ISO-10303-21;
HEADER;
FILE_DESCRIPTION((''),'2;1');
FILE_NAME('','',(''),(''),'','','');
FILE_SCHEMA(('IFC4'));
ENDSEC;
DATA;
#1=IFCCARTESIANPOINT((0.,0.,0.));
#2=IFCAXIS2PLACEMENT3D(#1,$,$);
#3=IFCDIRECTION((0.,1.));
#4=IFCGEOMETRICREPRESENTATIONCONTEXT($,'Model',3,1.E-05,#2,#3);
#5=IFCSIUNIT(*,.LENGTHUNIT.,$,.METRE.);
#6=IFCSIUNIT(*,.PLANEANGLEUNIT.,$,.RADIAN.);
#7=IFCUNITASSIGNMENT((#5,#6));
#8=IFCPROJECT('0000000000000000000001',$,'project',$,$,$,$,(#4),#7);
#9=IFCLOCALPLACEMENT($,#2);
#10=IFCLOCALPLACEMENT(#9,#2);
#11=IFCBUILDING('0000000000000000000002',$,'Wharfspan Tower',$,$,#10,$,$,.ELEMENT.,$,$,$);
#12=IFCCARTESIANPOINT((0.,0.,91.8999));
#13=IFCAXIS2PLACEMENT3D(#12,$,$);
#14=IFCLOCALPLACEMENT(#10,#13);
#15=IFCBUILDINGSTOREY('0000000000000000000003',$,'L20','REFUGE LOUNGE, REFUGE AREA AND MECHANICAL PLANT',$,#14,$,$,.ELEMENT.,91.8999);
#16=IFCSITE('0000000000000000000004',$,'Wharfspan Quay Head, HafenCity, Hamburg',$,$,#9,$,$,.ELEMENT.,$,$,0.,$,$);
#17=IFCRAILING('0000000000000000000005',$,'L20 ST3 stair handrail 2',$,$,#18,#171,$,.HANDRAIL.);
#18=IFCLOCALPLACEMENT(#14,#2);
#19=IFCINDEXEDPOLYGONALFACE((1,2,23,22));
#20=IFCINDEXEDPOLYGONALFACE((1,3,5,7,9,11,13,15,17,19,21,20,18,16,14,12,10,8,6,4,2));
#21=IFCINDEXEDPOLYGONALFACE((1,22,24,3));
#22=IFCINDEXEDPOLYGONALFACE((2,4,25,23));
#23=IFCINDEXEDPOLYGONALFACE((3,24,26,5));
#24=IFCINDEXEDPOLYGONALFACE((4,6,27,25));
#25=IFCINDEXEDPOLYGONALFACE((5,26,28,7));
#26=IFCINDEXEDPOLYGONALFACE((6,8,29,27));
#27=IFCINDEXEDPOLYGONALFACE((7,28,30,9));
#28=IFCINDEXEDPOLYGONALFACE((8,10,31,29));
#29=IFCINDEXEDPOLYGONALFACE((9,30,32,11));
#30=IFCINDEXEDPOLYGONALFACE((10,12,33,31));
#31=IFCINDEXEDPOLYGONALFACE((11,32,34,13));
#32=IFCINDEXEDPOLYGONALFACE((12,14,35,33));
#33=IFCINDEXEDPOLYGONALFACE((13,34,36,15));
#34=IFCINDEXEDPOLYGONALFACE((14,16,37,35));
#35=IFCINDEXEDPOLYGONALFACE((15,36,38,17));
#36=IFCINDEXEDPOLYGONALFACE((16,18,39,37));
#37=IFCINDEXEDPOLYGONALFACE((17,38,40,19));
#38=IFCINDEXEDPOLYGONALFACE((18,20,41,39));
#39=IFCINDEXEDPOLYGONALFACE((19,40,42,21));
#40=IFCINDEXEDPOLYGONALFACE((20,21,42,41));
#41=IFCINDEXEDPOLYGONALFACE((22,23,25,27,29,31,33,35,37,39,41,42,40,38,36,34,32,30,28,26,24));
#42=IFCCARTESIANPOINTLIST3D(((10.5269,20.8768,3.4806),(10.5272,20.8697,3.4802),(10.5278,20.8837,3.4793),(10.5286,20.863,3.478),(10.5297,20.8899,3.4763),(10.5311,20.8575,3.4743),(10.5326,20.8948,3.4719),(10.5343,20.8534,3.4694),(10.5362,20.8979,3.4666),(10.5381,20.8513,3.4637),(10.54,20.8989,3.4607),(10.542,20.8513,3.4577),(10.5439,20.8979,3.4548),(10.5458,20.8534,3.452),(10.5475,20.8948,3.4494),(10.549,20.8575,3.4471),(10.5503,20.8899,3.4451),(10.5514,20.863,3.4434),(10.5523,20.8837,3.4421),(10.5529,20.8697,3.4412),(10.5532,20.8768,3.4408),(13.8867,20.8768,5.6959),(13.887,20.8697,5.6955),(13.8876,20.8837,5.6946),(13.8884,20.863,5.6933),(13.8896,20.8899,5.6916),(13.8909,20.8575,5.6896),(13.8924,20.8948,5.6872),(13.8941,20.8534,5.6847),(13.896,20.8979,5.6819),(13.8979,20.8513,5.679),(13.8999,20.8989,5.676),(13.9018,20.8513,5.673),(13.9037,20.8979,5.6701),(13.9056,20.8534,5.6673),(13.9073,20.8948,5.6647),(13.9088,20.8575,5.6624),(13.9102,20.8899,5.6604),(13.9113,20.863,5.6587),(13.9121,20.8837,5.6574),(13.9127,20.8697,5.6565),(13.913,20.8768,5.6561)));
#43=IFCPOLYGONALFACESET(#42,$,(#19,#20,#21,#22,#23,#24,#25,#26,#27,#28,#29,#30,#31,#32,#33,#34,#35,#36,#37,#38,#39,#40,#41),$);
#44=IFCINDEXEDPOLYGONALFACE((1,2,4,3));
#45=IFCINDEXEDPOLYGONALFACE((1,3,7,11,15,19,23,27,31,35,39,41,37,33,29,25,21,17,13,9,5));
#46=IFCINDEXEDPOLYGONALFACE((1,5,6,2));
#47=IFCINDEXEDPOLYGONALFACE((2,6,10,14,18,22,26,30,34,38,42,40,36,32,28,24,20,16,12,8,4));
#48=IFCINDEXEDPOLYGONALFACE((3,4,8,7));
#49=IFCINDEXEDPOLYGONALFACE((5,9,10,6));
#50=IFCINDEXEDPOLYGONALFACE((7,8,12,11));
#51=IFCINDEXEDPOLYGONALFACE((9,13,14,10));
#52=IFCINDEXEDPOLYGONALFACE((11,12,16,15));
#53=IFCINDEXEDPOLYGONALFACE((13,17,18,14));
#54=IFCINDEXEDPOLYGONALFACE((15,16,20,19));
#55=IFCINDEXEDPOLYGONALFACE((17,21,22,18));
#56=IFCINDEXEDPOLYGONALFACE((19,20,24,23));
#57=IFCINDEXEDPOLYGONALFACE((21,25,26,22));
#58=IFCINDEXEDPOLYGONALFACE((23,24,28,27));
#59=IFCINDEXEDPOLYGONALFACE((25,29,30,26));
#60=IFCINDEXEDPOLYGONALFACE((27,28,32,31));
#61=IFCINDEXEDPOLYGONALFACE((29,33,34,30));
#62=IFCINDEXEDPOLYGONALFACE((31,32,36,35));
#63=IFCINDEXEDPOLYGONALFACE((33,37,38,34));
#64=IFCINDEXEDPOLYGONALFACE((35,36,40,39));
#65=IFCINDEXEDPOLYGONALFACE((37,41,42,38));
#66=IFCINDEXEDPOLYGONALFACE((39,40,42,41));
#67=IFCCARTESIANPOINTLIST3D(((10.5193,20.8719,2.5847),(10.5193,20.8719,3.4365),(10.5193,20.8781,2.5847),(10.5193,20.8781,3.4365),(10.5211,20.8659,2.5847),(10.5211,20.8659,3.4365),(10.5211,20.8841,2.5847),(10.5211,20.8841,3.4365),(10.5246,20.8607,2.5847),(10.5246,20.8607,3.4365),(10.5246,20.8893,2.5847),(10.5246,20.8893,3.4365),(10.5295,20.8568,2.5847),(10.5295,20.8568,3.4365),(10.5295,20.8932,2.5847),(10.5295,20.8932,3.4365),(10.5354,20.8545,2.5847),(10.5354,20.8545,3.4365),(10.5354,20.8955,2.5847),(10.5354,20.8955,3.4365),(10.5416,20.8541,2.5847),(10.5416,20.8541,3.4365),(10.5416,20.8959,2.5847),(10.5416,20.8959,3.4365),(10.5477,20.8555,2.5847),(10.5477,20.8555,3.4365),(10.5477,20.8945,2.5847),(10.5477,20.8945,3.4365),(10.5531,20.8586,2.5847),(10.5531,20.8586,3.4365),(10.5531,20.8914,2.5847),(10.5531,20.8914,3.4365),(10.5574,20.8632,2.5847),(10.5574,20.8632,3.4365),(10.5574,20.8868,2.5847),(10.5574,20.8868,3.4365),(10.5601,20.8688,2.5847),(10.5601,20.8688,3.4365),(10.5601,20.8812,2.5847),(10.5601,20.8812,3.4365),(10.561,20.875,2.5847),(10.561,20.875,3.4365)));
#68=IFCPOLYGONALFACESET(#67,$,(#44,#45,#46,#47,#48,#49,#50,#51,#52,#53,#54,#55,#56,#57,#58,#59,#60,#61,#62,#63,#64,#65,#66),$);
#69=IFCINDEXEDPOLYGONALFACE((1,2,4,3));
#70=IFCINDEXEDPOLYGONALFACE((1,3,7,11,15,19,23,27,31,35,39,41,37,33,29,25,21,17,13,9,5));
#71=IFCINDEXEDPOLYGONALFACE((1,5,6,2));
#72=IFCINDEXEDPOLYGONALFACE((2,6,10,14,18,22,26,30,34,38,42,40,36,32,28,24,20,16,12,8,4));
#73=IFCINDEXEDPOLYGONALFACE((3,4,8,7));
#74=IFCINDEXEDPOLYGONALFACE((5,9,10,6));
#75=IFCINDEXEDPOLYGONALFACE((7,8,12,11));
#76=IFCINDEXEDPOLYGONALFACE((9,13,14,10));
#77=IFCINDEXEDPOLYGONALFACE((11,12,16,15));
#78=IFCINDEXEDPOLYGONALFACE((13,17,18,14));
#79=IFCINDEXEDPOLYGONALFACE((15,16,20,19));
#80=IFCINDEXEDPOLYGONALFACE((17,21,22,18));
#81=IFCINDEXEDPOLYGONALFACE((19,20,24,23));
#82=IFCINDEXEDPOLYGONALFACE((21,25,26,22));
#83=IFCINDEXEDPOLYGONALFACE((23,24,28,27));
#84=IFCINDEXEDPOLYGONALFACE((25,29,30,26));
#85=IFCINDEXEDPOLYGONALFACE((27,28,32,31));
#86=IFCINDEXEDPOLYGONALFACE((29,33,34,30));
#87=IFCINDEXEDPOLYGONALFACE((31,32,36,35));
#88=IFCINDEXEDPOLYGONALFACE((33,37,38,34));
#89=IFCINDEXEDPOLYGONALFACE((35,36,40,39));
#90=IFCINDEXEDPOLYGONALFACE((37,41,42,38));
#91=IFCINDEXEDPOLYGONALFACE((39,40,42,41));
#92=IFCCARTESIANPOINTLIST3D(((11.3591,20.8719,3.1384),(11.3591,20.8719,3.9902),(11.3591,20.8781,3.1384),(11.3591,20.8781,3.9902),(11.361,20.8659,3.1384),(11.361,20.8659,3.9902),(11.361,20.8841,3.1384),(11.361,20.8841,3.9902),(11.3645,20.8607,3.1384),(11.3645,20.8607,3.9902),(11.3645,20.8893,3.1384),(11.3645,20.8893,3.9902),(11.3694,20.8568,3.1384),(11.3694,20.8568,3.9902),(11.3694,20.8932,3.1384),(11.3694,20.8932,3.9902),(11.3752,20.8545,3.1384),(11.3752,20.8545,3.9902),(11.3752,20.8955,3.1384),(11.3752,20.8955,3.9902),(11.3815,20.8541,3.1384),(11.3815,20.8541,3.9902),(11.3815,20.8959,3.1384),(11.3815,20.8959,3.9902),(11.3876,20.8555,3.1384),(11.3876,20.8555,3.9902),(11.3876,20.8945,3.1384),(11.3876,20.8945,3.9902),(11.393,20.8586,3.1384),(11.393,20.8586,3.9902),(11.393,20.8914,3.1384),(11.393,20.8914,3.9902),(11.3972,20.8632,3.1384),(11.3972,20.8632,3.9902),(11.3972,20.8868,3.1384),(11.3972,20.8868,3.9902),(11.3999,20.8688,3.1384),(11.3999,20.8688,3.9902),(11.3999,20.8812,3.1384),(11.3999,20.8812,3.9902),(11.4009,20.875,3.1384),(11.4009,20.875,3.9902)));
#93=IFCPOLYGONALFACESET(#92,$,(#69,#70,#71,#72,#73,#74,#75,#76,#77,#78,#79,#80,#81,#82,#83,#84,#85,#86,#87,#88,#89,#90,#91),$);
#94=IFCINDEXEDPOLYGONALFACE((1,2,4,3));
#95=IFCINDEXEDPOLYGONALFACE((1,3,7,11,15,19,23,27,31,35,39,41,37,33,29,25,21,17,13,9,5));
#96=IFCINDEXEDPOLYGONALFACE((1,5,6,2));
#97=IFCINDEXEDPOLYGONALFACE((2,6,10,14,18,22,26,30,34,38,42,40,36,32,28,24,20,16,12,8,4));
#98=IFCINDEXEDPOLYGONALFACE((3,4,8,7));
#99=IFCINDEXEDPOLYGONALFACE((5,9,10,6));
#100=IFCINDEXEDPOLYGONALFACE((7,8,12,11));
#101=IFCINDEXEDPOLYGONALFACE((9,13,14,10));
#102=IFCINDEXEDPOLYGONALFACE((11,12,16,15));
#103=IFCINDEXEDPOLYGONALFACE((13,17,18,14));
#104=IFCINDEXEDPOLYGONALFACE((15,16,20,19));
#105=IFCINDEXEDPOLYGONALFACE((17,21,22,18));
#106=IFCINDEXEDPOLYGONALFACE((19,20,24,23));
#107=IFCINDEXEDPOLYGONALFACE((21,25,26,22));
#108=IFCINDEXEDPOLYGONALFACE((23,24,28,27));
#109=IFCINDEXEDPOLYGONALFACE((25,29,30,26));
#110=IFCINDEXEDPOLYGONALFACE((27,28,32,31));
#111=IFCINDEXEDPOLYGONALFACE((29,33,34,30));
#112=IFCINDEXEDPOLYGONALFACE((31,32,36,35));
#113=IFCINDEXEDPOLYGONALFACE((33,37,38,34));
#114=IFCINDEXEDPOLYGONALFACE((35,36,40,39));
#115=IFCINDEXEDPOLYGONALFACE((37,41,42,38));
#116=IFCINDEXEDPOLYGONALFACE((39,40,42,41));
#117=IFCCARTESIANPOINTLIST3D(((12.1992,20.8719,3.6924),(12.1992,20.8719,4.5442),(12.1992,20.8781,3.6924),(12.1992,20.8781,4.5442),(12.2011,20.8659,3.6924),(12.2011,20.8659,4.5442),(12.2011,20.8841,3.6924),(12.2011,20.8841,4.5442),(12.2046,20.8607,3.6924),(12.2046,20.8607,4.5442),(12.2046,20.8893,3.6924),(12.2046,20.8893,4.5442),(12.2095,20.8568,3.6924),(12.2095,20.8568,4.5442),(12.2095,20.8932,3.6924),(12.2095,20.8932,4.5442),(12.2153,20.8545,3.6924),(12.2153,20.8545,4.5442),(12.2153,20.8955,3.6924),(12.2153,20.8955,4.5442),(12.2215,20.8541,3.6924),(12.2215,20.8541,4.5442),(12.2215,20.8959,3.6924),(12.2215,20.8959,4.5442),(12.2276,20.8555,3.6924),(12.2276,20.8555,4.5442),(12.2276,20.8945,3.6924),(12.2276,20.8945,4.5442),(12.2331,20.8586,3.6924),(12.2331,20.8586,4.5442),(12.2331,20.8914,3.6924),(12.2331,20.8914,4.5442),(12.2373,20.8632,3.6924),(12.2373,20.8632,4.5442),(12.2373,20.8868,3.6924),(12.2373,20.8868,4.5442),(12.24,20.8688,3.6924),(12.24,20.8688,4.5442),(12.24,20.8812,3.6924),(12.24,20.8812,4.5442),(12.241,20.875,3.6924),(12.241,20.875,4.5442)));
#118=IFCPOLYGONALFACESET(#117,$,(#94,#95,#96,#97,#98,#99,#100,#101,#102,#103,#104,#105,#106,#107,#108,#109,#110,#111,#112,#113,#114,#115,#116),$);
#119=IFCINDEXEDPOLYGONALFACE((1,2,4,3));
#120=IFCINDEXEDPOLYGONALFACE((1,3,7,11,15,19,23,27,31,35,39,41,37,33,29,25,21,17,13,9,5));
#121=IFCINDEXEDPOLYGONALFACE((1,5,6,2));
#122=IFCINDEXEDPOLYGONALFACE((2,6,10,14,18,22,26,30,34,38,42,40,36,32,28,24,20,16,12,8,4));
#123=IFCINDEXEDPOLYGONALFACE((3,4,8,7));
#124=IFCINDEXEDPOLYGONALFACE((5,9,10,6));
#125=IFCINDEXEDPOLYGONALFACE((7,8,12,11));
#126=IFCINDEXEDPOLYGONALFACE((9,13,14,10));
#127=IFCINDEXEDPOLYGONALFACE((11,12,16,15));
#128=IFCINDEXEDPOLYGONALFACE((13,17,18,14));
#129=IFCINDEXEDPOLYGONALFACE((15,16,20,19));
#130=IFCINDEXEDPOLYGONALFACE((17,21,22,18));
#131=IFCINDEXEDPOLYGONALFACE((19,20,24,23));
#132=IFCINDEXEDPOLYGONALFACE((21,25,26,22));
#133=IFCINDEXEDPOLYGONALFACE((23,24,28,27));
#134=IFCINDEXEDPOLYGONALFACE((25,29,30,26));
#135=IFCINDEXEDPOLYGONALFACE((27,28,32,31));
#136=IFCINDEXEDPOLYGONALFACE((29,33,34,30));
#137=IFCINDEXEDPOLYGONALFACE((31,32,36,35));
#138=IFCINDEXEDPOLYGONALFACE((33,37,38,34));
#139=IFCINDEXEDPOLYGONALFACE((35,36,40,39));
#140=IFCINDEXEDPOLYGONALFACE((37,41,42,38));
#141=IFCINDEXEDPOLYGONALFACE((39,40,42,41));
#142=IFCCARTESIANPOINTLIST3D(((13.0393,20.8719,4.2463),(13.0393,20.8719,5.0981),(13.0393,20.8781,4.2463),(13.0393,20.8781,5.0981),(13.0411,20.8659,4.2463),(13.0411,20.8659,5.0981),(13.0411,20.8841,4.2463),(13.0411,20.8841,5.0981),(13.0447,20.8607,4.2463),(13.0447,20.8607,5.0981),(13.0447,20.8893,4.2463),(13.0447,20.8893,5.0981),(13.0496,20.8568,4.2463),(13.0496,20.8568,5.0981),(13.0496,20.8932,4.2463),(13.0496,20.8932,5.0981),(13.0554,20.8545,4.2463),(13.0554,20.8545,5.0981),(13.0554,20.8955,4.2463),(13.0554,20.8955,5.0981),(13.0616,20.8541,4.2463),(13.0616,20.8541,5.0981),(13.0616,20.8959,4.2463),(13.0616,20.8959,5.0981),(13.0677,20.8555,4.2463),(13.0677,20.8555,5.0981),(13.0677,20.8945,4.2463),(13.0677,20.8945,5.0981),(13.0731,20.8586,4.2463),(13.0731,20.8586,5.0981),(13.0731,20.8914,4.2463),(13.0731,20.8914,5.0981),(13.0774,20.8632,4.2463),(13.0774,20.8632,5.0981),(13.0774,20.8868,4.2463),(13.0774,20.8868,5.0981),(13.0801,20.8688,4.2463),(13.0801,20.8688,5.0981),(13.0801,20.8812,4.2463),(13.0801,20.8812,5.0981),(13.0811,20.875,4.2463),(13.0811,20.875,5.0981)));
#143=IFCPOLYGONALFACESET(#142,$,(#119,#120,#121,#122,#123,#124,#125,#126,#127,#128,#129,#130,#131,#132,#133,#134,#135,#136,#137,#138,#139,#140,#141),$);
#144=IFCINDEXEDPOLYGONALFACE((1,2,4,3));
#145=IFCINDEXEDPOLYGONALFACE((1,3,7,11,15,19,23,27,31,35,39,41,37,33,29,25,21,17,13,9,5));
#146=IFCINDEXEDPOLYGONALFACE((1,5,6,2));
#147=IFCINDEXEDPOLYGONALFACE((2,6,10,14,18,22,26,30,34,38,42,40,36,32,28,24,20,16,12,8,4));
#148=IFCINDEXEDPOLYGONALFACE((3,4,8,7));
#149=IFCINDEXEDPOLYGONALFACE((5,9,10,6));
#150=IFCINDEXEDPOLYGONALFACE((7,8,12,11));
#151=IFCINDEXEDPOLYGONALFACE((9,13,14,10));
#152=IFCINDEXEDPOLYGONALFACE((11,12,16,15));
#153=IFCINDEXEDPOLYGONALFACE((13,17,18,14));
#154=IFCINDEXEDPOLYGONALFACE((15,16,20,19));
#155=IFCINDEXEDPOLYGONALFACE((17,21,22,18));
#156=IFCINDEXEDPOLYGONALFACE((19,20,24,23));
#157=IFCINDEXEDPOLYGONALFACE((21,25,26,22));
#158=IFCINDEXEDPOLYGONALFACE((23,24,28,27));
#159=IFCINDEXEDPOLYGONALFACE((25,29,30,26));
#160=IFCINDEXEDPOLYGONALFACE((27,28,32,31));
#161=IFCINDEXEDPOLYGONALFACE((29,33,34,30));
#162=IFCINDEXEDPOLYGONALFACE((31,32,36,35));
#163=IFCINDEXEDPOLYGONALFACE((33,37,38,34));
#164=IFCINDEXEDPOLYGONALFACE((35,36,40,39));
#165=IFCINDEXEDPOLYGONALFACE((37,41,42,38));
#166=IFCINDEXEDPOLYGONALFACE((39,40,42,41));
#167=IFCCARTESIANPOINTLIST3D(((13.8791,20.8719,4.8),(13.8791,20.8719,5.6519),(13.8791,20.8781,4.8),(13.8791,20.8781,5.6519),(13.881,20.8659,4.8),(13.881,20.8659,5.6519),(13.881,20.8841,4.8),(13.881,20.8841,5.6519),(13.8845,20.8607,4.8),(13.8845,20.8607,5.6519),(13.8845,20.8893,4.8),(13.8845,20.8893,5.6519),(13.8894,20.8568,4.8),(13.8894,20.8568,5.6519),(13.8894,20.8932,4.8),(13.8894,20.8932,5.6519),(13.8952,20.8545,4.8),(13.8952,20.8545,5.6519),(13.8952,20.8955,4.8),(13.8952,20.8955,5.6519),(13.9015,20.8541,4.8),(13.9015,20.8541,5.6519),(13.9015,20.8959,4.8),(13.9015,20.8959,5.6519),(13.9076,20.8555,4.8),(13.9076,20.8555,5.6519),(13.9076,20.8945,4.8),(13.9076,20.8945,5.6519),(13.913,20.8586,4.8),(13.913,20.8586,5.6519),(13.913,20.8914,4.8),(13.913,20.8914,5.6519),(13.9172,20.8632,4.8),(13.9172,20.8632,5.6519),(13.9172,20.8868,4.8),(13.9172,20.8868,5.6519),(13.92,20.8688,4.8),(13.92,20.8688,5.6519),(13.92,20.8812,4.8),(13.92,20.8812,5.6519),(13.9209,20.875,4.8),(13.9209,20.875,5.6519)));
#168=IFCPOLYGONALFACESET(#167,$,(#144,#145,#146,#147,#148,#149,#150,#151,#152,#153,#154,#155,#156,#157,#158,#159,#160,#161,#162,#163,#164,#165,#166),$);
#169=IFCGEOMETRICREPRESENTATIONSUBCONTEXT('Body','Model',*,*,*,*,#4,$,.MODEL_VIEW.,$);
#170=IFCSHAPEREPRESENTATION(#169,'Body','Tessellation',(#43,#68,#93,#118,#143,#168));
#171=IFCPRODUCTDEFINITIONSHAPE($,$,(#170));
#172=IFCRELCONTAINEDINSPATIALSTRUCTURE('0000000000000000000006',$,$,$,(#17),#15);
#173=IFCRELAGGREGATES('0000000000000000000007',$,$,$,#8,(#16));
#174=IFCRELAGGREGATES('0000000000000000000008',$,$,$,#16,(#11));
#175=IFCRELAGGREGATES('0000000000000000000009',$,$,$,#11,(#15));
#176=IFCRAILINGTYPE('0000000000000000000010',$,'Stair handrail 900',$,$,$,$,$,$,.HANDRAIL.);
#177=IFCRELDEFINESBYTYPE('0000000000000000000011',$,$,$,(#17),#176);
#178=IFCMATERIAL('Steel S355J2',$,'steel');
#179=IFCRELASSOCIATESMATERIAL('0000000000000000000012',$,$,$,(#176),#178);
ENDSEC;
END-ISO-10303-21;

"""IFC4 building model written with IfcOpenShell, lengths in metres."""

from ifc_helpers import new_model, si_unit, direction, frame, origin, origin_2d, place, context, subcontext, project, spatial, circle, extrude, material, type_object, element, save


model = new_model("IFC4")

# Units and contexts
model_context = context("Model", 3, precision=1e-05, world=origin(), true_north=direction((0.0, 1.0)))
body_context = subcontext(model_context, "Body", "Model", "MODEL_VIEW")
ifc_project = project(units=[si_unit("LENGTHUNIT", "METRE"), si_unit("PLANEANGLEUNIT", "RADIAN")], contexts=[model_context])

# Site, building, storey
site_placement = place(None, origin())
site = spatial("IfcSite", under=ifc_project, at=site_placement, Name="Wharfspan Quay Head, HafenCity, Hamburg", CompositionType="ELEMENT", RefElevation=0.0)
building_placement = place(site_placement, origin())
building = spatial("IfcBuilding", under=site, at=building_placement, Name="Wharfspan Tower", CompositionType="ELEMENT")
storey_placement = place(building_placement, frame((0.0, 0.0, 91.8999)))
storey = spatial("IfcBuildingStorey", under=building, at=storey_placement, Name="L20", Description="REFUGE LOUNGE, REFUGE AREA AND MECHANICAL PLANT", CompositionType="ELEMENT", Elevation=91.8999)

# Shared definitions
ifc_material_1 = material(Name="Steel S355J2", Category="steel")

# Railing
railing_type_1 = type_object("IfcRailingType", Name="Stair handrail 900", PredefinedType="HANDRAIL", material=ifc_material_1)
railing_1_placement = place(storey_placement, frame((10.54, 20.875, 2.5847)))
element("IfcRailing", 1, at=railing_1_placement, inside=storey, type_object=railing_type_1, Name="L20 ST3 stair handrail 2", PredefinedType="HANDRAIL", context=body_context, shape_type="SweptSolid", body=[
    extrude(circle(Radius=0.0239, at=origin_2d()), frame((0.0, 0.0, 0.876), z_axis=(0.834858, 0.0, 0.550465), x_axis=(0.0, 1.0, 0.0)), (0.0, 0.0, 1.0), 4.0244),
    extrude(circle(Radius=0.021, at=origin_2d()), origin(), (0.0, 0.0, 1.0), 0.8518),
    extrude(circle(Radius=0.021, at=origin_2d()), frame((0.8398, 0.0, 0.5537)), (0.0, 0.0, 1.0), 0.8518),
    extrude(circle(Radius=0.021, at=origin_2d()), frame((1.6799, 0.0, 1.1077)), (0.0, 0.0, 1.0), 0.8518),
    extrude(circle(Radius=0.021, at=origin_2d()), frame((2.52, 0.0, 1.6616)), (0.0, 0.0, 1.0), 0.8518),
    extrude(circle(Radius=0.021, at=origin_2d()), frame((3.3599, 0.0, 2.2153)), (0.0, 0.0, 1.0), 0.8518),
])

save(model, "model.ifc")
